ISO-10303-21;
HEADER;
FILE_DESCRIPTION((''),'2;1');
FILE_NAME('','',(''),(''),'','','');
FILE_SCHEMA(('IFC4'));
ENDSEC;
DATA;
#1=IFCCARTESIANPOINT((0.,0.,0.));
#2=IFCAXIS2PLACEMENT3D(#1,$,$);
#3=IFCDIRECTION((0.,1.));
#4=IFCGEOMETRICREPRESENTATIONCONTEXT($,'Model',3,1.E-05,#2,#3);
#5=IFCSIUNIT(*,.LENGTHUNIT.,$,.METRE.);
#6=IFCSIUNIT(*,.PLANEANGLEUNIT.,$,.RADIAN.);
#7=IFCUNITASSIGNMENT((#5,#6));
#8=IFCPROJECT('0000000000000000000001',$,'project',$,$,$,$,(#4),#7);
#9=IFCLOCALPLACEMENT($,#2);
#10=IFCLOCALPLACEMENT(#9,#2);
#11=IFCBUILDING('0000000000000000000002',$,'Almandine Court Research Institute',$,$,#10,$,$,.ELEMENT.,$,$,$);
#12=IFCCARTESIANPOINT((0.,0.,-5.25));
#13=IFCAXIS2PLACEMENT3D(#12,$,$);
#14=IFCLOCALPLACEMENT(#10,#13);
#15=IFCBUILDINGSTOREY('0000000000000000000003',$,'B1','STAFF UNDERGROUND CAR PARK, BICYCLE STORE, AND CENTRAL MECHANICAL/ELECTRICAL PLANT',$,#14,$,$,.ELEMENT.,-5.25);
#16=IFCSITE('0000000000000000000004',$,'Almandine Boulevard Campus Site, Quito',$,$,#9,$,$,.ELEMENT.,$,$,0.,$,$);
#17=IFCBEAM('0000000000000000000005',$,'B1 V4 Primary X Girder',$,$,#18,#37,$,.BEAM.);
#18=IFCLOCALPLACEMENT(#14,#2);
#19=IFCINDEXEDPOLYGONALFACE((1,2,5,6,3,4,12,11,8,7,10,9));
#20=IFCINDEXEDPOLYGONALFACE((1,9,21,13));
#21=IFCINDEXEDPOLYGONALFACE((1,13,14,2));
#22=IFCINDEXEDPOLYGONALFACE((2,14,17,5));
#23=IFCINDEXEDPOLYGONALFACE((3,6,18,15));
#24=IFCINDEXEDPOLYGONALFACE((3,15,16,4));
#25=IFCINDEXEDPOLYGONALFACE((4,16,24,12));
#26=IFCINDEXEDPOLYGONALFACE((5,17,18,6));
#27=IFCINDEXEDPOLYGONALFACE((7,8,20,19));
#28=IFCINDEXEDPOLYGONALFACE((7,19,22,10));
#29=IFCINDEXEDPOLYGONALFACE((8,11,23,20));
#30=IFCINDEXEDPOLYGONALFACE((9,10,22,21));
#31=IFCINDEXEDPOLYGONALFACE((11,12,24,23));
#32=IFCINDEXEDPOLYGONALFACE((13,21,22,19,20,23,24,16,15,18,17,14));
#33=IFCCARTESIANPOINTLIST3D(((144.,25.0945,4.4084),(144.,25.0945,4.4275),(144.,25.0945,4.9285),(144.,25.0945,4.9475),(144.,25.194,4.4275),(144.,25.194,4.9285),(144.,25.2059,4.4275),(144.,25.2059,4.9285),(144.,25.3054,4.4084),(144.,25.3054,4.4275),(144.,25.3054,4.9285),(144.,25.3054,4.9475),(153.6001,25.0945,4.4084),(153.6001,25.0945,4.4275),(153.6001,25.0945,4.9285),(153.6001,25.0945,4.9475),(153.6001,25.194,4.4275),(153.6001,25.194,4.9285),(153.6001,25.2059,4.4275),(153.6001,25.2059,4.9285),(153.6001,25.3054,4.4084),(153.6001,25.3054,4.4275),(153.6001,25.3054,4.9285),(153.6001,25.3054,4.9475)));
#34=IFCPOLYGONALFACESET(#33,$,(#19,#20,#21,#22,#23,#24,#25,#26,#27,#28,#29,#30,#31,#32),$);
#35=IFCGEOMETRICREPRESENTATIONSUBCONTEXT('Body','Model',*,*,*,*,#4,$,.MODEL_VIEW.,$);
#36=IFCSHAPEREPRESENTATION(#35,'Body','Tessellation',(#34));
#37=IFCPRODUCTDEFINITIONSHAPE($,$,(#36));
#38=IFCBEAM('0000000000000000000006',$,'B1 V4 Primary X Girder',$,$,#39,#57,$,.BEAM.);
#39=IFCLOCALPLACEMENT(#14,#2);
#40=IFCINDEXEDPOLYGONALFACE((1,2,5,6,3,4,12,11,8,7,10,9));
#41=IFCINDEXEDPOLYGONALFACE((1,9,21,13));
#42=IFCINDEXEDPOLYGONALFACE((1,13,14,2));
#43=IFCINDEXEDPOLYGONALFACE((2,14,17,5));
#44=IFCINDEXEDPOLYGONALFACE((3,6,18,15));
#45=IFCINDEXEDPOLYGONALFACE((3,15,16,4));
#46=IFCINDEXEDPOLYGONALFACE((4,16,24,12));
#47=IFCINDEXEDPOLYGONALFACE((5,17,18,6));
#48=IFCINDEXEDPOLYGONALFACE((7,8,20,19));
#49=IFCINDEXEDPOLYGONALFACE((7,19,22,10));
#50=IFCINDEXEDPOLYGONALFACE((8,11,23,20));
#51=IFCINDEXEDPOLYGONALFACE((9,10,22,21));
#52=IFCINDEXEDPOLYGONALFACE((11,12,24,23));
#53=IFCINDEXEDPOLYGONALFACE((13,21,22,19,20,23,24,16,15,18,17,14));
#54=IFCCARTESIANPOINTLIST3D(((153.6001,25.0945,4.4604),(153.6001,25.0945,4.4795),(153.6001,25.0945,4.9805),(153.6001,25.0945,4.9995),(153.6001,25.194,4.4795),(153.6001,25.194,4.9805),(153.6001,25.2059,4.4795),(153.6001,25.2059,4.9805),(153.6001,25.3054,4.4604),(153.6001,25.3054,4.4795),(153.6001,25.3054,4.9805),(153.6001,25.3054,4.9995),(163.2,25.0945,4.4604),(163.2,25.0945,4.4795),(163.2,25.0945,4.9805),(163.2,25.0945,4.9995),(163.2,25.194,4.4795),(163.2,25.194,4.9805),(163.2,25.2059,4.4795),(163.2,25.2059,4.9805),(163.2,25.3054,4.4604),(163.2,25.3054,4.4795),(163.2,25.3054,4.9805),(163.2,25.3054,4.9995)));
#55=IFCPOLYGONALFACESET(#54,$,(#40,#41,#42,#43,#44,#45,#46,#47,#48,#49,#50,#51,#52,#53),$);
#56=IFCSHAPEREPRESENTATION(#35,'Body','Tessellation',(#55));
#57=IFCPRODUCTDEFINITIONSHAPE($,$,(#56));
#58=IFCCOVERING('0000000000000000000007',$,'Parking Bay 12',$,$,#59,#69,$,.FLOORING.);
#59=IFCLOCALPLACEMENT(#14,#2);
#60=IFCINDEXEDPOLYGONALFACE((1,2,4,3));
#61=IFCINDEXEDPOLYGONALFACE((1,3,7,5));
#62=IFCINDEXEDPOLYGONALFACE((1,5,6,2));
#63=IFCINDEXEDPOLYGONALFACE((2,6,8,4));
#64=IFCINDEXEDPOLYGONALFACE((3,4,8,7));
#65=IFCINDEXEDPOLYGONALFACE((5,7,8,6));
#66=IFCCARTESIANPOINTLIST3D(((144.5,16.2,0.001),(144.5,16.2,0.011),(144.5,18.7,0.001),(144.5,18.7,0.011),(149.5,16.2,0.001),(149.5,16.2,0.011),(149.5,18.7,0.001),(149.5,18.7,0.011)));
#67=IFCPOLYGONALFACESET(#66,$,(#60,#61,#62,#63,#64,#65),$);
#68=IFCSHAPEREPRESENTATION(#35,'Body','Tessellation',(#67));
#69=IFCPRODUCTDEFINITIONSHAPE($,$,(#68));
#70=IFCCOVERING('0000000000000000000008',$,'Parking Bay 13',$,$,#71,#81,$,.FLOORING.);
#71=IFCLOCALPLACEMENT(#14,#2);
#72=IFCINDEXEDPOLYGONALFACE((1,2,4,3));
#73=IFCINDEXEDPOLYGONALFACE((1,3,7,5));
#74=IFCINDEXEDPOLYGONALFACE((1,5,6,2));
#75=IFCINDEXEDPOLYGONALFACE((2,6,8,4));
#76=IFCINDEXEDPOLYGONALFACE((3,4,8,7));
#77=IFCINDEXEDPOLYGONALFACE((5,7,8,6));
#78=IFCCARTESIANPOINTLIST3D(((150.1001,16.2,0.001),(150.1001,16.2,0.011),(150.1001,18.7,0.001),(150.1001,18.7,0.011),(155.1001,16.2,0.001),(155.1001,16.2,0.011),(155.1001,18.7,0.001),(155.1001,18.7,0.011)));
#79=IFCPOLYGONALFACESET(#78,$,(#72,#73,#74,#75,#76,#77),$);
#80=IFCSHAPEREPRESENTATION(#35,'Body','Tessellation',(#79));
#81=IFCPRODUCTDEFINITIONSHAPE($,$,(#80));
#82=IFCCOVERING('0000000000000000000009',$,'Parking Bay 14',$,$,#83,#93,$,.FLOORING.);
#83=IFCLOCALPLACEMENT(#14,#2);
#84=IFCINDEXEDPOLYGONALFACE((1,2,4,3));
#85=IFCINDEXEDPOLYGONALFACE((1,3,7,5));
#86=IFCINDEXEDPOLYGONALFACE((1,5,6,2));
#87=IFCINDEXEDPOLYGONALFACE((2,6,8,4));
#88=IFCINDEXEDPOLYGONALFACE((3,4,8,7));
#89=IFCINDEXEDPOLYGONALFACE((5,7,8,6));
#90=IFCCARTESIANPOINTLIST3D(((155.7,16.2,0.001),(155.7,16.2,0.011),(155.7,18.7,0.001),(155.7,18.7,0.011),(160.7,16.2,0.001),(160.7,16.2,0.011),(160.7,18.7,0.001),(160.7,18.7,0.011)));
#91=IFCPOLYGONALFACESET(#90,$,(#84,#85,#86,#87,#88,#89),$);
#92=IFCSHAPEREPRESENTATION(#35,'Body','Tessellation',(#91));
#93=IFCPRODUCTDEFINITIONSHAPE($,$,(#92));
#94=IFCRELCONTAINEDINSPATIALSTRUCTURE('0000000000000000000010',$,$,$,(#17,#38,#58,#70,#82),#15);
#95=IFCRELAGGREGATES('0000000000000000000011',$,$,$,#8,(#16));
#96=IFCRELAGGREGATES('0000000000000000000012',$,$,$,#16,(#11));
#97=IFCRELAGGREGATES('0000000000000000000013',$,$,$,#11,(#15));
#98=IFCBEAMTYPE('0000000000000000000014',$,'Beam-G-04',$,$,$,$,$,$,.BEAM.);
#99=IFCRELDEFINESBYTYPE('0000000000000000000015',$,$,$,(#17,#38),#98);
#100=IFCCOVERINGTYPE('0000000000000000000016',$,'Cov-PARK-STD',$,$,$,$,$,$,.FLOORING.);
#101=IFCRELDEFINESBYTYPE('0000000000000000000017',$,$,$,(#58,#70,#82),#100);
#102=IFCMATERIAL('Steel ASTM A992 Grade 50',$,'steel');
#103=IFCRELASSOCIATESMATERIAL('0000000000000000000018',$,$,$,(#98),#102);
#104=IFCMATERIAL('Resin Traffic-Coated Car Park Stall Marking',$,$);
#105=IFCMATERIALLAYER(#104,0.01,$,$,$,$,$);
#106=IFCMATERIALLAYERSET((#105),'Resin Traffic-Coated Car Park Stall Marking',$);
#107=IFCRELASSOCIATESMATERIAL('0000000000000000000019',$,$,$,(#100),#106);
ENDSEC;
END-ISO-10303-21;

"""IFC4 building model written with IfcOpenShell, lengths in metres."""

from ifc_helpers import new_model, si_unit, direction, frame, origin, origin_2d, place, context, subcontext, project, spatial, rectangle, i_section, extrude, material, layer, layer_set, material_profile, profile_set, type_object, element, save


model = new_model("IFC4")

# Units and contexts
model_context = context("Model", 3, precision=1e-05, world=origin(), true_north=direction((0.0, 1.0)))
body_context = subcontext(model_context, "Body", "Model", "MODEL_VIEW")
ifc_project = project(units=[si_unit("LENGTHUNIT", "METRE"), si_unit("PLANEANGLEUNIT", "RADIAN")], contexts=[model_context])

# Site, building, storey
site_placement = place(None, origin())
site = spatial("IfcSite", under=ifc_project, at=site_placement, Name="Almandine Boulevard Campus Site, Quito", CompositionType="ELEMENT", RefElevation=0.0)
building_placement = place(site_placement, origin())
building = spatial("IfcBuilding", under=site, at=building_placement, Name="Almandine Court Research Institute", CompositionType="ELEMENT")
storey_placement = place(building_placement, frame((0.0, 0.0, -5.25)))
storey = spatial("IfcBuildingStorey", under=building, at=storey_placement, Name="B1", Description="STAFF UNDERGROUND CAR PARK, BICYCLE STORE, AND CENTRAL MECHANICAL/ELECTRICAL PLANT", CompositionType="ELEMENT", Elevation=-5.25)

# Beams
ifc_material_1 = material(Name="Steel ASTM A992 Grade 50", Category="steel")
ifc_material_profile_1 = material_profile(ifc_material_1, i_section(OverallWidth=0.2109, OverallDepth=0.5391, WebThickness=0.012, FlangeThickness=0.019, at=origin_2d()), Name="W530x109")
ifc_profile_set_1 = profile_set([ifc_material_profile_1], Name="Steel ASTM A992 Grade 50")
beam_type_1 = type_object("IfcBeamType", Name="Beam-G-04", PredefinedType="BEAM", material=ifc_profile_set_1)
beam_1_placement = place(storey_placement, frame((144.0, 25.2, 4.678), z_axis=(1.0, 0.0, 0.0), x_axis=(0.0, 1.0, 0.0)))
element("IfcBeam", 1, at=beam_1_placement, inside=storey, type_object=beam_type_1, Name="B1 V4 Primary X Girder", PredefinedType="BEAM", context=body_context, shape_type="SweptSolid", body=[
    extrude(i_section(OverallWidth=0.2109, OverallDepth=0.5391, WebThickness=0.012, FlangeThickness=0.019, at=origin_2d()), origin(), (0.0, 0.0, 1.0), 9.6001),
])
beam_2_placement = place(storey_placement, frame((153.6001, 25.2, 4.73), z_axis=(1.0, 0.0, 0.0), x_axis=(0.0, 1.0, 0.0)))
element("IfcBeam", 2, at=beam_2_placement, inside=storey, type_object=beam_type_1, Name="B1 V4 Primary X Girder", PredefinedType="BEAM", context=body_context, shape_type="SweptSolid", body=[
    extrude(i_section(OverallWidth=0.2109, OverallDepth=0.5391, WebThickness=0.012, FlangeThickness=0.019, at=origin_2d()), origin(), (0.0, 0.0, 1.0), 9.5999),
])

# Coverings
ifc_material_2 = material(Name="Resin Traffic-Coated Car Park Stall Marking")
ifc_layer = layer(ifc_material_2, 0.01)
ifc_layer_set = layer_set([ifc_layer], Name="Resin Traffic-Coated Car Park Stall Marking")
covering_type = type_object("IfcCoveringType", Name="Cov-PARK-STD", PredefinedType="FLOORING", material=ifc_layer_set)
for number, where, z_axis, x_axis, name in (
    (3, (147.0, 17.45, 0.001), (0.0, 0.0, 1.0), (1.0, 0.0, 0.0), "Parking Bay 12"),
    (4, (152.6001, 17.45, 0.001), (0.0, 0.0, 1.0), (1.0, 0.0, 0.0), "Parking Bay 13"),
    (5, (158.2, 17.45, 0.001), (0.0, 0.0, 1.0), (1.0, 0.0, 0.0), "Parking Bay 14"),
):
    element("IfcCovering", number, at=place(storey_placement, frame(where, z_axis=z_axis, x_axis=x_axis)), inside=storey, type_object=covering_type, Name=name, PredefinedType="FLOORING", context=body_context, shape_type="SweptSolid", body=[
        extrude(rectangle(XDim=5.0, YDim=2.5, at=origin_2d()), origin(), (0.0, 0.0, 1.0), 0.01),
    ])

save(model, "model.ifc")
